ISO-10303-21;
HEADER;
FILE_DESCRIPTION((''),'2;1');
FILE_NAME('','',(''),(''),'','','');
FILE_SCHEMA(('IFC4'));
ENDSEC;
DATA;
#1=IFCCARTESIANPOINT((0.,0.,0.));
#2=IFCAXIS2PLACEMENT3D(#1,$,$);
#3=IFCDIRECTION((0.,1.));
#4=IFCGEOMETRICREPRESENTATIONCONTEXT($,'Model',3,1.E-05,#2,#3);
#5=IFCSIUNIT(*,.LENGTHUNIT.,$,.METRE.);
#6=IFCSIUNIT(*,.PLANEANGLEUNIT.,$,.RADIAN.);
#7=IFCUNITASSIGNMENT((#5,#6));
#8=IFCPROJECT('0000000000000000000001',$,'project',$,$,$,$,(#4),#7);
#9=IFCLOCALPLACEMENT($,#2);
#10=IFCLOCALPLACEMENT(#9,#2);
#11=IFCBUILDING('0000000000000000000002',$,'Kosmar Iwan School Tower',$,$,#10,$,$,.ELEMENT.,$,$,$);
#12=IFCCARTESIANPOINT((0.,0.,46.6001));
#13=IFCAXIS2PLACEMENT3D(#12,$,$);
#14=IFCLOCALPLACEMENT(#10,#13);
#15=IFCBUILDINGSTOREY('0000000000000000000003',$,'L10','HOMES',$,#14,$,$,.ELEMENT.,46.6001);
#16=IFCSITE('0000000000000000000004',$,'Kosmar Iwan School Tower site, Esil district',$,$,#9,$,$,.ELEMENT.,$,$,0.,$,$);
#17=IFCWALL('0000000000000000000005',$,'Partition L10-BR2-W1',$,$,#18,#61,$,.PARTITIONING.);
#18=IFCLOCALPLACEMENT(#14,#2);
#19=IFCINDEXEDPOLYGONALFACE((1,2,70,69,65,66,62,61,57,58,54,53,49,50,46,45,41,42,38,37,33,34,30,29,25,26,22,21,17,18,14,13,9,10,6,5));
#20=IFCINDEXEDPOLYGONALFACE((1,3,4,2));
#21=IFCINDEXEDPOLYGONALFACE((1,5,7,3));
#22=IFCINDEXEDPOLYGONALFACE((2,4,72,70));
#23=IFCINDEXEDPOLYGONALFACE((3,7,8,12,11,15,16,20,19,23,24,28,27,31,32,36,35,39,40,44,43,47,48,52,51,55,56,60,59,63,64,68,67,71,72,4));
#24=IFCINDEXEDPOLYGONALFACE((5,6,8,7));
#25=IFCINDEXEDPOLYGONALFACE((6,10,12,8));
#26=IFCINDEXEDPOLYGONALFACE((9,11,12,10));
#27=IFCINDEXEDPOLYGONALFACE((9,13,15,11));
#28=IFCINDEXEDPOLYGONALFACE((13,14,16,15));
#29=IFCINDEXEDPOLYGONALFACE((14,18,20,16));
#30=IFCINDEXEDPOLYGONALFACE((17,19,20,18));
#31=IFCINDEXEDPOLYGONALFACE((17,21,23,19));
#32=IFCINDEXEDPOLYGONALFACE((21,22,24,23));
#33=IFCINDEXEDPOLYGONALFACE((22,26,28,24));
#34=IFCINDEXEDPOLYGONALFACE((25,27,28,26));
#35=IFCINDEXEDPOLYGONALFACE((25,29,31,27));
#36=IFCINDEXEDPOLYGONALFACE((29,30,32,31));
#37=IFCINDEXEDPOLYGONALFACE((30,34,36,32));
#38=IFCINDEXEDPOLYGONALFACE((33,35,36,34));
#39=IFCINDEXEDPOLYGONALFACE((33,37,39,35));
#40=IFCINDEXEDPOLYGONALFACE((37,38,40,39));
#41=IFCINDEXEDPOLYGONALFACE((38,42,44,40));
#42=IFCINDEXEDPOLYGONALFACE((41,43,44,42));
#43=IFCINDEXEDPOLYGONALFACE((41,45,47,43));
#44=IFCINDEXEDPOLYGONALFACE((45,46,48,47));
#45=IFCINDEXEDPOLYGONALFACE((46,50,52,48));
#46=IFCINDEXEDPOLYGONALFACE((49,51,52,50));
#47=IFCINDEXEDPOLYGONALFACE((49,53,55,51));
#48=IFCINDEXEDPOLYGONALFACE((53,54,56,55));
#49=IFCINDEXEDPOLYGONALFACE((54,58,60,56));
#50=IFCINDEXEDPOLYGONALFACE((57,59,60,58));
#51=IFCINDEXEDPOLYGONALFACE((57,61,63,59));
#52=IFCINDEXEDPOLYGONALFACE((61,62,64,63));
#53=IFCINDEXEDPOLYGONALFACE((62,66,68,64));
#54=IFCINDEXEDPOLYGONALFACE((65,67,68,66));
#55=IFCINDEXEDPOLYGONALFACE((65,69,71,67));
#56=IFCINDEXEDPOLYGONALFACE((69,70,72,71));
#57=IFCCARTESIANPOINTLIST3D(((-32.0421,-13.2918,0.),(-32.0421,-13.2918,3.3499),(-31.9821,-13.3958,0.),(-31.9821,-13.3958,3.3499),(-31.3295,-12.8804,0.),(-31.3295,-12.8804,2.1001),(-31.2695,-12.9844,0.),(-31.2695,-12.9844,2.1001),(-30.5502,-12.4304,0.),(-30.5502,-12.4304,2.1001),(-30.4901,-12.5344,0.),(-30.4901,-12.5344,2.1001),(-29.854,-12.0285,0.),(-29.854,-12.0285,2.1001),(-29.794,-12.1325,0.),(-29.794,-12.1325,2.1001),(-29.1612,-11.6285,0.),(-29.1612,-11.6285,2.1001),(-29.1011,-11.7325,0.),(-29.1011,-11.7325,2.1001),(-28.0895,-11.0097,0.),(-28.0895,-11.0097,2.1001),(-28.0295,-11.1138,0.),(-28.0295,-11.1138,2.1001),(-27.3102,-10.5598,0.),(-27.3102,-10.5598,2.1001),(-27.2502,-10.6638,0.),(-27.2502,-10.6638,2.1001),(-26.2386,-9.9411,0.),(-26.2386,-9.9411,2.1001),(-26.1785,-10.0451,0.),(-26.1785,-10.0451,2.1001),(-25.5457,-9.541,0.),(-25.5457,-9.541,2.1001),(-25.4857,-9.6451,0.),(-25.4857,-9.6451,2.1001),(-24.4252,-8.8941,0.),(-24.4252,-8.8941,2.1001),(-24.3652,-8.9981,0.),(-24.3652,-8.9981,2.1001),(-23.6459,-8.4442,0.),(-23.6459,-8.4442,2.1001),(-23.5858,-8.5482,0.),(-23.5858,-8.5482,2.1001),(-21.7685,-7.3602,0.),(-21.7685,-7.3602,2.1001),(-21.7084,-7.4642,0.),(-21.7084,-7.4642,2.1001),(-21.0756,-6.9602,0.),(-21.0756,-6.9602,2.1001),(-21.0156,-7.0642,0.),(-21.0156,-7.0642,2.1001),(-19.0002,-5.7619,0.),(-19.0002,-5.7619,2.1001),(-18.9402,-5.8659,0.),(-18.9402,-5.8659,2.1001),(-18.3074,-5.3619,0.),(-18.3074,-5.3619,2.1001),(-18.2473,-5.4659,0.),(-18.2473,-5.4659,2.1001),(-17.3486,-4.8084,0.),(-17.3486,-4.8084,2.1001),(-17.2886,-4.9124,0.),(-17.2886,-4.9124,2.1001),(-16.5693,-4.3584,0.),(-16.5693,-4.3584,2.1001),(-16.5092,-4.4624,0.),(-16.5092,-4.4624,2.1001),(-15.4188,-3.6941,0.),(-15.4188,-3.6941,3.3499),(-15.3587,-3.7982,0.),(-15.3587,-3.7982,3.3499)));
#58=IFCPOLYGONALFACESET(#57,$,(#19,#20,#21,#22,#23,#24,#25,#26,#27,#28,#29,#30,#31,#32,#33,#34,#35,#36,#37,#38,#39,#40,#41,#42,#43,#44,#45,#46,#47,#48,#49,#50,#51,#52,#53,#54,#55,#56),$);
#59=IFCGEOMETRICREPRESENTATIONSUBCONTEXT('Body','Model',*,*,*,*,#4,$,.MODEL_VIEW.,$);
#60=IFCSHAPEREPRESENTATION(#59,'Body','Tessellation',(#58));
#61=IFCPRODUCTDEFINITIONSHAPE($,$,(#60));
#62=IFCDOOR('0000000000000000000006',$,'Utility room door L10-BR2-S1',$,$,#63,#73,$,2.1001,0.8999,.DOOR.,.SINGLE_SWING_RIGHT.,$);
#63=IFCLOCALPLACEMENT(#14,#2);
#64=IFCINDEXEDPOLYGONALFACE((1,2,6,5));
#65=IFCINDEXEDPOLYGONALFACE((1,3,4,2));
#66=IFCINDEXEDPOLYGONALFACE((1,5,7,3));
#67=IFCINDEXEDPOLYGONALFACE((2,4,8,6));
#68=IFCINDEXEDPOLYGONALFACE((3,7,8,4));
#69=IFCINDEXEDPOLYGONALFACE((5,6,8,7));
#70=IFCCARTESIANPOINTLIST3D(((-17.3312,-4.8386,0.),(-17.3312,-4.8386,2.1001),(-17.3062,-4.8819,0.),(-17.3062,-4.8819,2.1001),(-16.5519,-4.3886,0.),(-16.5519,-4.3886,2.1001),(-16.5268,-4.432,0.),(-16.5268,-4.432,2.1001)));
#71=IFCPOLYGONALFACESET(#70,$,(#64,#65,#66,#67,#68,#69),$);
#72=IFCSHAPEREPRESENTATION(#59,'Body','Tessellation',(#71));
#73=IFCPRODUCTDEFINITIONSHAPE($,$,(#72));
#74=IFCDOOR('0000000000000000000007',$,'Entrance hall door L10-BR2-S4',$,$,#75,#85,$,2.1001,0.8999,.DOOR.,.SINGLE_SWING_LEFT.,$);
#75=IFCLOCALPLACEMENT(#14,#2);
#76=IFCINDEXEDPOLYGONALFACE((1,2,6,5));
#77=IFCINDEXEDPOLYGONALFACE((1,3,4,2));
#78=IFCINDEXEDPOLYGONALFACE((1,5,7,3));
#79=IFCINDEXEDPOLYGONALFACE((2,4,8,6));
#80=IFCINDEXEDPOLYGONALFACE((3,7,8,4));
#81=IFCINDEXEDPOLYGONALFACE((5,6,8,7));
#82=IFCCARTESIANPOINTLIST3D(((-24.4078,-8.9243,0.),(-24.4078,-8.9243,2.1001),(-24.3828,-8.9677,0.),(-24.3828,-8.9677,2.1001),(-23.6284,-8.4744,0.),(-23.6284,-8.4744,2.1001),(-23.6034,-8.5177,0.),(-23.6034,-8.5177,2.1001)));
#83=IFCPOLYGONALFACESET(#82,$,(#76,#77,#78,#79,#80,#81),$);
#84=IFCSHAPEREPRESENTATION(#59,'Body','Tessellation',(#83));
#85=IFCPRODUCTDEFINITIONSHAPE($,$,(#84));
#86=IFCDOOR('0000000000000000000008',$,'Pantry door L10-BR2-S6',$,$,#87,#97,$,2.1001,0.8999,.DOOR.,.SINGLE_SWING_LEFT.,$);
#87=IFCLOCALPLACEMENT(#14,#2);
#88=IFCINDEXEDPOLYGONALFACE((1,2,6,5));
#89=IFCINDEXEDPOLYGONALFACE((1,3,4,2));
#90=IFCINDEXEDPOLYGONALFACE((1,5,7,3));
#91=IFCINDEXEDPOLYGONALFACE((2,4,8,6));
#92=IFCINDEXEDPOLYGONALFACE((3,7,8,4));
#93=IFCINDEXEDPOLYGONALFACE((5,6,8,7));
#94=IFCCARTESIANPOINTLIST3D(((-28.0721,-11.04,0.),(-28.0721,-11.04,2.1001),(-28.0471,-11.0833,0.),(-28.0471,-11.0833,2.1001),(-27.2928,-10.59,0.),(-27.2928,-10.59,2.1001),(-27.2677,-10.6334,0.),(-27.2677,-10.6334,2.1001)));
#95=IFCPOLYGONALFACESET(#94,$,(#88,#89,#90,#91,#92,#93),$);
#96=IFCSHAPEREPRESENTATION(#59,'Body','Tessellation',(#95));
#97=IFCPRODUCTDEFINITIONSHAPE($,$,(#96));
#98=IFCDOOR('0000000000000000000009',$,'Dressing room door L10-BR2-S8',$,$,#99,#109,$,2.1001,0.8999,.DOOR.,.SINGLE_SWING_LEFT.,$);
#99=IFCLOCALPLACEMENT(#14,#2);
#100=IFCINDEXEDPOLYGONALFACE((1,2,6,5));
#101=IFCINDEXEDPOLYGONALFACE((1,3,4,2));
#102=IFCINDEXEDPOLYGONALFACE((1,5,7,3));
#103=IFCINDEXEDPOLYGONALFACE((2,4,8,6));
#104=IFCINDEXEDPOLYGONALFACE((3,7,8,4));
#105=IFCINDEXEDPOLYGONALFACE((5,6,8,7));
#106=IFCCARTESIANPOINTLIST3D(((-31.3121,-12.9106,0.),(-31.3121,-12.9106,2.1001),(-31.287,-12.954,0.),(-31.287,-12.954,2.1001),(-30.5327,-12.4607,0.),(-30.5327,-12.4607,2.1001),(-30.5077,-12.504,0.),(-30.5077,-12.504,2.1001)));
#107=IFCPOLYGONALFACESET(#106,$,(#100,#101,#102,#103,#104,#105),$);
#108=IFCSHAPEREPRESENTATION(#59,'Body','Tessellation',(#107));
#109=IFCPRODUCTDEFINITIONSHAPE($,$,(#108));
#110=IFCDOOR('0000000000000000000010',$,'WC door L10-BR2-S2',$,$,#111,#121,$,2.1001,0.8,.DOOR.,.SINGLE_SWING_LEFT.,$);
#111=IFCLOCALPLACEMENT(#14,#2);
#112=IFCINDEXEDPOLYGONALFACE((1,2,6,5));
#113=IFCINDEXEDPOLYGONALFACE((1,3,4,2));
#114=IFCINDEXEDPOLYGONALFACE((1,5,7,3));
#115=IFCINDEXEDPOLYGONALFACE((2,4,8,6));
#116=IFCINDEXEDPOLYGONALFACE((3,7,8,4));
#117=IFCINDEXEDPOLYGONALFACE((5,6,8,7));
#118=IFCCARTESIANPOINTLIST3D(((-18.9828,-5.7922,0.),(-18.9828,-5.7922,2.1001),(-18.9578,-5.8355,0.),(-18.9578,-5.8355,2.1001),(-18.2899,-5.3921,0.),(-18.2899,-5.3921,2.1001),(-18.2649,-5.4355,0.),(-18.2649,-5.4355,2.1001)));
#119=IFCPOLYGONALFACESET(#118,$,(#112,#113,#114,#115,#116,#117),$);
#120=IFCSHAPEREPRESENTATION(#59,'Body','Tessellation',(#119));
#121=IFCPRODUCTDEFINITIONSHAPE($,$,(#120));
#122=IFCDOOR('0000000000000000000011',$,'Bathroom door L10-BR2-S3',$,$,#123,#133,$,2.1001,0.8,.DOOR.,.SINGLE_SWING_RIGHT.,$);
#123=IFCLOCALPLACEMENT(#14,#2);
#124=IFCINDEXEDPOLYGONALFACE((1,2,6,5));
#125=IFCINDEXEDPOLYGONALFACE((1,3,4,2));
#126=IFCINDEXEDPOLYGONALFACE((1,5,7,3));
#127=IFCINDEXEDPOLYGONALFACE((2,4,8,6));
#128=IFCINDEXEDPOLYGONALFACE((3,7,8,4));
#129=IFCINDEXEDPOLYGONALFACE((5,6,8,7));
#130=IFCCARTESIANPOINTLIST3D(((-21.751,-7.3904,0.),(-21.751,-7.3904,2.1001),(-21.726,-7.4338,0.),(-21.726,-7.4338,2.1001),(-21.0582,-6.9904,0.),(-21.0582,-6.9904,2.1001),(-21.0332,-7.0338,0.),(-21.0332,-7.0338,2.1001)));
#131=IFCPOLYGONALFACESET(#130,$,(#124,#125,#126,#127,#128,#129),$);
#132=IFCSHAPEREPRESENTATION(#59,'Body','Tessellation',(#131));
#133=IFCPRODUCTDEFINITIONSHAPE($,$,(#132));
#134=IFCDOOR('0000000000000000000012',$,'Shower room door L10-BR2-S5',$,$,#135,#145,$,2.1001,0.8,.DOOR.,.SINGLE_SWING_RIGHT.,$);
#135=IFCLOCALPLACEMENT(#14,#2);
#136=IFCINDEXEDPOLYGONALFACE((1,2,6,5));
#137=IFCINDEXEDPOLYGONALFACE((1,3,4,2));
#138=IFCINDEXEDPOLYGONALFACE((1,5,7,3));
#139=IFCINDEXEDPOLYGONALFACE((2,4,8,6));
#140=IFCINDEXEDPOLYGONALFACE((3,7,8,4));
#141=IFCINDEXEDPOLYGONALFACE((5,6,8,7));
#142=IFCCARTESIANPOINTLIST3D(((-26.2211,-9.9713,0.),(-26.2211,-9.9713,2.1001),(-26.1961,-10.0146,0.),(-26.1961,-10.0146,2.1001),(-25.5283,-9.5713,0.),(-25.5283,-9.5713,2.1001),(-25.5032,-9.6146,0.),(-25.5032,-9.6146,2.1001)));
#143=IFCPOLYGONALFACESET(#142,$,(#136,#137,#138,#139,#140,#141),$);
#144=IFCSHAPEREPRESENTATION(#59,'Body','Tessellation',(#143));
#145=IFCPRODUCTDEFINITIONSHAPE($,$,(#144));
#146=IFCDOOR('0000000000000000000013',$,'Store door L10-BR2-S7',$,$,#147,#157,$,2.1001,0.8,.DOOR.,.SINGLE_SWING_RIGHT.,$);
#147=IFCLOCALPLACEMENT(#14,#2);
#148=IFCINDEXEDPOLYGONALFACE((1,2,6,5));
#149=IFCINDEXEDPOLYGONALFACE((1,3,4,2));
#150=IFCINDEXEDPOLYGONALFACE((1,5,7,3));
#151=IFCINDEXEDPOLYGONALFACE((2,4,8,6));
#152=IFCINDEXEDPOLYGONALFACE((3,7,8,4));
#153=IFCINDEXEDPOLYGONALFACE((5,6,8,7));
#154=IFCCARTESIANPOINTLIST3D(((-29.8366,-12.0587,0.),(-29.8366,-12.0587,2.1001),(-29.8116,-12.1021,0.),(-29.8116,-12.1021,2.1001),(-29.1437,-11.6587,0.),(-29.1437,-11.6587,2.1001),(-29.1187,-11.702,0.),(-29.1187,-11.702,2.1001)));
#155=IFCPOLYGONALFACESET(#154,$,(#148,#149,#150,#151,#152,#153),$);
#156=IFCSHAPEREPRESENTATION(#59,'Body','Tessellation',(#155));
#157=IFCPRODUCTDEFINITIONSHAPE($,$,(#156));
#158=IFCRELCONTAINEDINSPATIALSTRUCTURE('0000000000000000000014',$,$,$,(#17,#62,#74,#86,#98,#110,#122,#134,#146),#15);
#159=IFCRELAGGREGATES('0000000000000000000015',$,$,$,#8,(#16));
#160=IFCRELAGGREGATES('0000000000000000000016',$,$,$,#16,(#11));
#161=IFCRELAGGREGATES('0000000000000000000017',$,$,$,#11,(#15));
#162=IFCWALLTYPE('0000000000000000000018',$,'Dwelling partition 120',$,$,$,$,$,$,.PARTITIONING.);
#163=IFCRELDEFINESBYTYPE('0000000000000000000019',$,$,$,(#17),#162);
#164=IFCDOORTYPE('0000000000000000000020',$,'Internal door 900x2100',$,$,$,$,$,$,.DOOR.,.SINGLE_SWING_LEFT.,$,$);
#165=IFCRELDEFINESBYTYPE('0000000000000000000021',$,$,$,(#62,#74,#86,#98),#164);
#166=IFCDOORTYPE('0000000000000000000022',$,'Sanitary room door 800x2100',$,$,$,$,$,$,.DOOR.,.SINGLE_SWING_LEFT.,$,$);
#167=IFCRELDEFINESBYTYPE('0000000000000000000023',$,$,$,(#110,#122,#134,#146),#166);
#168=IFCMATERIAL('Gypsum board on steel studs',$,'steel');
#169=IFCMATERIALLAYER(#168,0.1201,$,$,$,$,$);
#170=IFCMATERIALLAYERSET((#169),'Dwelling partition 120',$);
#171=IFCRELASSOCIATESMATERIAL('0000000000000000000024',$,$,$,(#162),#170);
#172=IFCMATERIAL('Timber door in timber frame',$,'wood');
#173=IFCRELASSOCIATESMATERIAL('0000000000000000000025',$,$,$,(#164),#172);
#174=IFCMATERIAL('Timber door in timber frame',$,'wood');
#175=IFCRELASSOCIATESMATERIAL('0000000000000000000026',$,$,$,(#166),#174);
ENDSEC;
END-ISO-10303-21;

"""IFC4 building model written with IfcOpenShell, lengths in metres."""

from ifc_helpers import new_model, si_unit, direction, frame, frame_2d, origin, place, context, subcontext, project, spatial, rectangle, extrude, material, layer, layer_set, type_object, element, fill, save


model = new_model("IFC4")

# Units and contexts
model_context = context("Model", 3, precision=1e-05, world=origin(), true_north=direction((0.0, 1.0)))
body_context = subcontext(model_context, "Body", "Model", "MODEL_VIEW")
ifc_project = project(units=[si_unit("LENGTHUNIT", "METRE"), si_unit("PLANEANGLEUNIT", "RADIAN")], contexts=[model_context])

# Site, building, storey
site_placement = place(None, origin())
site = spatial("IfcSite", under=ifc_project, at=site_placement, Name="Kosmar Iwan School Tower site, Esil district", CompositionType="ELEMENT", RefElevation=0.0)
building_placement = place(site_placement, origin())
building = spatial("IfcBuilding", under=site, at=building_placement, Name="Kosmar Iwan School Tower", CompositionType="ELEMENT")
storey_placement = place(building_placement, frame((0.0, 0.0, 46.6001)))
storey = spatial("IfcBuildingStorey", under=building, at=storey_placement, Name="L10", Description="HOMES", CompositionType="ELEMENT", Elevation=46.6001)

# Shared definitions
ifc_material_1 = material(Name="Gypsum board on steel studs", Category="steel")
ifc_layer_1 = layer(ifc_material_1, 0.1201)
ifc_layer_set_1 = layer_set([ifc_layer_1], Name="Dwelling partition 120")
wall_type_1 = type_object("IfcWallType", Name="Dwelling partition 120", PredefinedType="PARTITIONING", material=ifc_layer_set_1)
ifc_material_2 = material(Name="Timber door in timber frame", Category="wood")
door_type_1 = type_object("IfcDoorType", Name="Internal door 900x2100", OperationType="SINGLE_SWING_LEFT", PredefinedType="DOOR", material=ifc_material_2)
ifc_material_3 = material(Name="Timber door in timber frame", Category="wood")
door_type_2 = type_object("IfcDoorType", Name="Sanitary room door 800x2100", OperationType="SINGLE_SWING_LEFT", PredefinedType="DOOR", material=ifc_material_3)

# Wall, openings, doors
wall_1_placement = place(storey_placement, frame((-15.3887, -3.7461, 0.0), z_axis=(0.0, 0.0, 1.0), x_axis=(-0.866021, -0.500008, 0.0)))
wall_1 = element("IfcWall", 1, at=wall_1_placement, inside=storey, type_object=wall_type_1, Name="Partition L10-BR2-W1", PredefinedType="PARTITIONING", context=body_context, shape_type="SweptSolid", body=[
    extrude(rectangle(XDim=19.1951, YDim=0.1201, at=frame_2d((9.5977, 0.0))), origin(), (0.0, 0.0, 1.0), 3.3499),
])
opening_1_placement = place(wall_1_placement, frame((1.3286, 0.0, 0.0)))
opening_1 = element("IfcOpeningElement", 2, at=opening_1_placement, cuts=wall_1, PredefinedType="OPENING", context=body_context, shape_type="SweptSolid", body=[
    extrude(rectangle(XDim=0.8999, YDim=2.1001, at=frame_2d((0.45, 1.05))), frame((0.0, 0.072, 0.0), z_axis=(0.0, -1.0, 0.0), x_axis=(1.0, 0.0, 0.0)), (0.0, 0.0, 1.0), 0.144),
])
opening_2_placement = place(wall_1_placement, frame((3.3357, 0.0, 0.0)))
opening_2 = element("IfcOpeningElement", 3, at=opening_2_placement, cuts=wall_1, PredefinedType="OPENING", context=body_context, shape_type="SweptSolid", body=[
    extrude(rectangle(XDim=0.8, YDim=2.1001, at=frame_2d((0.3999, 1.05))), frame((0.0, 0.072, 0.0), z_axis=(0.0, -1.0, 0.0), x_axis=(1.0, 0.0, 0.0)), (0.0, 0.0, 1.0), 0.144),
])
opening_3_placement = place(wall_1_placement, frame((6.5322, 0.0, 0.0)))
opening_3 = element("IfcOpeningElement", 4, at=opening_3_placement, cuts=wall_1, PredefinedType="OPENING", context=body_context, shape_type="SweptSolid", body=[
    extrude(rectangle(XDim=0.8, YDim=2.1001, at=frame_2d((0.3999, 1.05))), frame((0.0, 0.072, 0.0), z_axis=(0.0, -1.0, 0.0), x_axis=(1.0, 0.0, 0.0)), (0.0, 0.0, 1.0), 0.144),
])
opening_4_placement = place(wall_1_placement, frame((9.5, 0.0, 0.0)))
opening_4 = element("IfcOpeningElement", 5, at=opening_4_placement, cuts=wall_1, PredefinedType="OPENING", context=body_context, shape_type="SweptSolid", body=[
    extrude(rectangle(XDim=0.8999, YDim=2.1001, at=frame_2d((0.45, 1.05))), frame((0.0, 0.072, 0.0), z_axis=(0.0, -1.0, 0.0), x_axis=(1.0, 0.0, 0.0)), (0.0, 0.0, 1.0), 0.144),
])
opening_5_placement = place(wall_1_placement, frame((11.6938, 0.0, 0.0)))
opening_5 = element("IfcOpeningElement", 6, at=opening_5_placement, cuts=wall_1, PredefinedType="OPENING", context=body_context, shape_type="SweptSolid", body=[
    extrude(rectangle(XDim=0.8, YDim=2.1001, at=frame_2d((0.3999, 1.05))), frame((0.0, 0.072, 0.0), z_axis=(0.0, -1.0, 0.0), x_axis=(1.0, 0.0, 0.0)), (0.0, 0.0, 1.0), 0.144),
])
opening_6_placement = place(wall_1_placement, frame((13.7312, 0.0, 0.0)))
opening_6 = element("IfcOpeningElement", 7, at=opening_6_placement, cuts=wall_1, PredefinedType="OPENING", context=body_context, shape_type="SweptSolid", body=[
    extrude(rectangle(XDim=0.8999, YDim=2.1001, at=frame_2d((0.45, 1.05))), frame((0.0, 0.072, 0.0), z_axis=(0.0, -1.0, 0.0), x_axis=(1.0, 0.0, 0.0)), (0.0, 0.0, 1.0), 0.144),
])
opening_7_placement = place(wall_1_placement, frame((15.8687, 0.0, 0.0)))
opening_7 = element("IfcOpeningElement", 8, at=opening_7_placement, cuts=wall_1, PredefinedType="OPENING", context=body_context, shape_type="SweptSolid", body=[
    extrude(rectangle(XDim=0.8, YDim=2.1001, at=frame_2d((0.3999, 1.05))), frame((0.0, 0.072, 0.0), z_axis=(0.0, -1.0, 0.0), x_axis=(1.0, 0.0, 0.0)), (0.0, 0.0, 1.0), 0.144),
])
opening_8_placement = place(wall_1_placement, frame((17.4724, 0.0, 0.0)))
opening_8 = element("IfcOpeningElement", 9, at=opening_8_placement, cuts=wall_1, PredefinedType="OPENING", context=body_context, shape_type="SweptSolid", body=[
    extrude(rectangle(XDim=0.8999, YDim=2.1001, at=frame_2d((0.45, 1.05))), frame((0.0, 0.072, 0.0), z_axis=(0.0, -1.0, 0.0), x_axis=(1.0, 0.0, 0.0)), (0.0, 0.0, 1.0), 0.144),
])
door_1_placement = place(opening_1_placement, origin())
door_1 = element("IfcDoor", 10, at=door_1_placement, inside=storey, type_object=door_type_1, Name="Utility room door L10-BR2-S1", OperationType="SINGLE_SWING_RIGHT", OverallHeight=2.1001, OverallWidth=0.8999, PredefinedType="DOOR", context=body_context, shape_type="SweptSolid", body=[
    extrude(rectangle(XDim=0.8999, YDim=2.1001, at=frame_2d((0.45, 1.05))), frame((0.0, 0.0249, 0.0), z_axis=(0.0, -1.0, 0.0), x_axis=(1.0, 0.0, 0.0)), (0.0, 0.0, 1.0), 0.05),
])
fill(opening_1, door_1)
door_2_placement = place(opening_4_placement, origin())
door_2 = element("IfcDoor", 11, at=door_2_placement, inside=storey, type_object=door_type_1, Name="Entrance hall door L10-BR2-S4", OperationType="SINGLE_SWING_LEFT", OverallHeight=2.1001, OverallWidth=0.8999, PredefinedType="DOOR", context=body_context, shape_type="SweptSolid", body=[
    extrude(rectangle(XDim=0.8999, YDim=2.1001, at=frame_2d((0.45, 1.05))), frame((0.0, 0.0249, 0.0), z_axis=(0.0, -1.0, 0.0), x_axis=(1.0, 0.0, 0.0)), (0.0, 0.0, 1.0), 0.05),
])
fill(opening_4, door_2)
door_3_placement = place(opening_6_placement, origin())
door_3 = element("IfcDoor", 12, at=door_3_placement, inside=storey, type_object=door_type_1, Name="Pantry door L10-BR2-S6", OperationType="SINGLE_SWING_LEFT", OverallHeight=2.1001, OverallWidth=0.8999, PredefinedType="DOOR", context=body_context, shape_type="SweptSolid", body=[
    extrude(rectangle(XDim=0.8999, YDim=2.1001, at=frame_2d((0.45, 1.05))), frame((0.0, 0.0249, 0.0), z_axis=(0.0, -1.0, 0.0), x_axis=(1.0, 0.0, 0.0)), (0.0, 0.0, 1.0), 0.05),
])
fill(opening_6, door_3)
door_4_placement = place(opening_8_placement, origin())
door_4 = element("IfcDoor", 13, at=door_4_placement, inside=storey, type_object=door_type_1, Name="Dressing room door L10-BR2-S8", OperationType="SINGLE_SWING_LEFT", OverallHeight=2.1001, OverallWidth=0.8999, PredefinedType="DOOR", context=body_context, shape_type="SweptSolid", body=[
    extrude(rectangle(XDim=0.8999, YDim=2.1001, at=frame_2d((0.45, 1.05))), frame((0.0, 0.0249, 0.0), z_axis=(0.0, -1.0, 0.0), x_axis=(1.0, 0.0, 0.0)), (0.0, 0.0, 1.0), 0.05),
])
fill(opening_8, door_4)
door_5_placement = place(opening_2_placement, origin())
door_5 = element("IfcDoor", 14, at=door_5_placement, inside=storey, type_object=door_type_2, Name="WC door L10-BR2-S2", OperationType="SINGLE_SWING_LEFT", OverallHeight=2.1001, OverallWidth=0.8, PredefinedType="DOOR", context=body_context, shape_type="SweptSolid", body=[
    extrude(rectangle(XDim=0.8, YDim=2.1001, at=frame_2d((0.3999, 1.05))), frame((0.0, 0.0249, 0.0), z_axis=(0.0, -1.0, 0.0), x_axis=(1.0, 0.0, 0.0)), (0.0, 0.0, 1.0), 0.05),
])
fill(opening_2, door_5)
door_6_placement = place(opening_3_placement, origin())
door_6 = element("IfcDoor", 15, at=door_6_placement, inside=storey, type_object=door_type_2, Name="Bathroom door L10-BR2-S3", OperationType="SINGLE_SWING_RIGHT", OverallHeight=2.1001, OverallWidth=0.8, PredefinedType="DOOR", context=body_context, shape_type="SweptSolid", body=[
    extrude(rectangle(XDim=0.8, YDim=2.1001, at=frame_2d((0.3999, 1.05))), frame((0.0, 0.0249, 0.0), z_axis=(0.0, -1.0, 0.0), x_axis=(1.0, 0.0, 0.0)), (0.0, 0.0, 1.0), 0.05),
])
fill(opening_3, door_6)
door_7_placement = place(opening_5_placement, origin())
door_7 = element("IfcDoor", 16, at=door_7_placement, inside=storey, type_object=door_type_2, Name="Shower room door L10-BR2-S5", OperationType="SINGLE_SWING_RIGHT", OverallHeight=2.1001, OverallWidth=0.8, PredefinedType="DOOR", context=body_context, shape_type="SweptSolid", body=[
    extrude(rectangle(XDim=0.8, YDim=2.1001, at=frame_2d((0.3999, 1.05))), frame((0.0, 0.0249, 0.0), z_axis=(0.0, -1.0, 0.0), x_axis=(1.0, 0.0, 0.0)), (0.0, 0.0, 1.0), 0.05),
])
fill(opening_5, door_7)
door_8_placement = place(opening_7_placement, origin())
door_8 = element("IfcDoor", 17, at=door_8_placement, inside=storey, type_object=door_type_2, Name="Store door L10-BR2-S7", OperationType="SINGLE_SWING_RIGHT", OverallHeight=2.1001, OverallWidth=0.8, PredefinedType="DOOR", context=body_context, shape_type="SweptSolid", body=[
    extrude(rectangle(XDim=0.8, YDim=2.1001, at=frame_2d((0.3999, 1.05))), frame((0.0, 0.0249, 0.0), z_axis=(0.0, -1.0, 0.0), x_axis=(1.0, 0.0, 0.0)), (0.0, 0.0, 1.0), 0.05),
])
fill(opening_7, door_8)

save(model, "model.ifc")
